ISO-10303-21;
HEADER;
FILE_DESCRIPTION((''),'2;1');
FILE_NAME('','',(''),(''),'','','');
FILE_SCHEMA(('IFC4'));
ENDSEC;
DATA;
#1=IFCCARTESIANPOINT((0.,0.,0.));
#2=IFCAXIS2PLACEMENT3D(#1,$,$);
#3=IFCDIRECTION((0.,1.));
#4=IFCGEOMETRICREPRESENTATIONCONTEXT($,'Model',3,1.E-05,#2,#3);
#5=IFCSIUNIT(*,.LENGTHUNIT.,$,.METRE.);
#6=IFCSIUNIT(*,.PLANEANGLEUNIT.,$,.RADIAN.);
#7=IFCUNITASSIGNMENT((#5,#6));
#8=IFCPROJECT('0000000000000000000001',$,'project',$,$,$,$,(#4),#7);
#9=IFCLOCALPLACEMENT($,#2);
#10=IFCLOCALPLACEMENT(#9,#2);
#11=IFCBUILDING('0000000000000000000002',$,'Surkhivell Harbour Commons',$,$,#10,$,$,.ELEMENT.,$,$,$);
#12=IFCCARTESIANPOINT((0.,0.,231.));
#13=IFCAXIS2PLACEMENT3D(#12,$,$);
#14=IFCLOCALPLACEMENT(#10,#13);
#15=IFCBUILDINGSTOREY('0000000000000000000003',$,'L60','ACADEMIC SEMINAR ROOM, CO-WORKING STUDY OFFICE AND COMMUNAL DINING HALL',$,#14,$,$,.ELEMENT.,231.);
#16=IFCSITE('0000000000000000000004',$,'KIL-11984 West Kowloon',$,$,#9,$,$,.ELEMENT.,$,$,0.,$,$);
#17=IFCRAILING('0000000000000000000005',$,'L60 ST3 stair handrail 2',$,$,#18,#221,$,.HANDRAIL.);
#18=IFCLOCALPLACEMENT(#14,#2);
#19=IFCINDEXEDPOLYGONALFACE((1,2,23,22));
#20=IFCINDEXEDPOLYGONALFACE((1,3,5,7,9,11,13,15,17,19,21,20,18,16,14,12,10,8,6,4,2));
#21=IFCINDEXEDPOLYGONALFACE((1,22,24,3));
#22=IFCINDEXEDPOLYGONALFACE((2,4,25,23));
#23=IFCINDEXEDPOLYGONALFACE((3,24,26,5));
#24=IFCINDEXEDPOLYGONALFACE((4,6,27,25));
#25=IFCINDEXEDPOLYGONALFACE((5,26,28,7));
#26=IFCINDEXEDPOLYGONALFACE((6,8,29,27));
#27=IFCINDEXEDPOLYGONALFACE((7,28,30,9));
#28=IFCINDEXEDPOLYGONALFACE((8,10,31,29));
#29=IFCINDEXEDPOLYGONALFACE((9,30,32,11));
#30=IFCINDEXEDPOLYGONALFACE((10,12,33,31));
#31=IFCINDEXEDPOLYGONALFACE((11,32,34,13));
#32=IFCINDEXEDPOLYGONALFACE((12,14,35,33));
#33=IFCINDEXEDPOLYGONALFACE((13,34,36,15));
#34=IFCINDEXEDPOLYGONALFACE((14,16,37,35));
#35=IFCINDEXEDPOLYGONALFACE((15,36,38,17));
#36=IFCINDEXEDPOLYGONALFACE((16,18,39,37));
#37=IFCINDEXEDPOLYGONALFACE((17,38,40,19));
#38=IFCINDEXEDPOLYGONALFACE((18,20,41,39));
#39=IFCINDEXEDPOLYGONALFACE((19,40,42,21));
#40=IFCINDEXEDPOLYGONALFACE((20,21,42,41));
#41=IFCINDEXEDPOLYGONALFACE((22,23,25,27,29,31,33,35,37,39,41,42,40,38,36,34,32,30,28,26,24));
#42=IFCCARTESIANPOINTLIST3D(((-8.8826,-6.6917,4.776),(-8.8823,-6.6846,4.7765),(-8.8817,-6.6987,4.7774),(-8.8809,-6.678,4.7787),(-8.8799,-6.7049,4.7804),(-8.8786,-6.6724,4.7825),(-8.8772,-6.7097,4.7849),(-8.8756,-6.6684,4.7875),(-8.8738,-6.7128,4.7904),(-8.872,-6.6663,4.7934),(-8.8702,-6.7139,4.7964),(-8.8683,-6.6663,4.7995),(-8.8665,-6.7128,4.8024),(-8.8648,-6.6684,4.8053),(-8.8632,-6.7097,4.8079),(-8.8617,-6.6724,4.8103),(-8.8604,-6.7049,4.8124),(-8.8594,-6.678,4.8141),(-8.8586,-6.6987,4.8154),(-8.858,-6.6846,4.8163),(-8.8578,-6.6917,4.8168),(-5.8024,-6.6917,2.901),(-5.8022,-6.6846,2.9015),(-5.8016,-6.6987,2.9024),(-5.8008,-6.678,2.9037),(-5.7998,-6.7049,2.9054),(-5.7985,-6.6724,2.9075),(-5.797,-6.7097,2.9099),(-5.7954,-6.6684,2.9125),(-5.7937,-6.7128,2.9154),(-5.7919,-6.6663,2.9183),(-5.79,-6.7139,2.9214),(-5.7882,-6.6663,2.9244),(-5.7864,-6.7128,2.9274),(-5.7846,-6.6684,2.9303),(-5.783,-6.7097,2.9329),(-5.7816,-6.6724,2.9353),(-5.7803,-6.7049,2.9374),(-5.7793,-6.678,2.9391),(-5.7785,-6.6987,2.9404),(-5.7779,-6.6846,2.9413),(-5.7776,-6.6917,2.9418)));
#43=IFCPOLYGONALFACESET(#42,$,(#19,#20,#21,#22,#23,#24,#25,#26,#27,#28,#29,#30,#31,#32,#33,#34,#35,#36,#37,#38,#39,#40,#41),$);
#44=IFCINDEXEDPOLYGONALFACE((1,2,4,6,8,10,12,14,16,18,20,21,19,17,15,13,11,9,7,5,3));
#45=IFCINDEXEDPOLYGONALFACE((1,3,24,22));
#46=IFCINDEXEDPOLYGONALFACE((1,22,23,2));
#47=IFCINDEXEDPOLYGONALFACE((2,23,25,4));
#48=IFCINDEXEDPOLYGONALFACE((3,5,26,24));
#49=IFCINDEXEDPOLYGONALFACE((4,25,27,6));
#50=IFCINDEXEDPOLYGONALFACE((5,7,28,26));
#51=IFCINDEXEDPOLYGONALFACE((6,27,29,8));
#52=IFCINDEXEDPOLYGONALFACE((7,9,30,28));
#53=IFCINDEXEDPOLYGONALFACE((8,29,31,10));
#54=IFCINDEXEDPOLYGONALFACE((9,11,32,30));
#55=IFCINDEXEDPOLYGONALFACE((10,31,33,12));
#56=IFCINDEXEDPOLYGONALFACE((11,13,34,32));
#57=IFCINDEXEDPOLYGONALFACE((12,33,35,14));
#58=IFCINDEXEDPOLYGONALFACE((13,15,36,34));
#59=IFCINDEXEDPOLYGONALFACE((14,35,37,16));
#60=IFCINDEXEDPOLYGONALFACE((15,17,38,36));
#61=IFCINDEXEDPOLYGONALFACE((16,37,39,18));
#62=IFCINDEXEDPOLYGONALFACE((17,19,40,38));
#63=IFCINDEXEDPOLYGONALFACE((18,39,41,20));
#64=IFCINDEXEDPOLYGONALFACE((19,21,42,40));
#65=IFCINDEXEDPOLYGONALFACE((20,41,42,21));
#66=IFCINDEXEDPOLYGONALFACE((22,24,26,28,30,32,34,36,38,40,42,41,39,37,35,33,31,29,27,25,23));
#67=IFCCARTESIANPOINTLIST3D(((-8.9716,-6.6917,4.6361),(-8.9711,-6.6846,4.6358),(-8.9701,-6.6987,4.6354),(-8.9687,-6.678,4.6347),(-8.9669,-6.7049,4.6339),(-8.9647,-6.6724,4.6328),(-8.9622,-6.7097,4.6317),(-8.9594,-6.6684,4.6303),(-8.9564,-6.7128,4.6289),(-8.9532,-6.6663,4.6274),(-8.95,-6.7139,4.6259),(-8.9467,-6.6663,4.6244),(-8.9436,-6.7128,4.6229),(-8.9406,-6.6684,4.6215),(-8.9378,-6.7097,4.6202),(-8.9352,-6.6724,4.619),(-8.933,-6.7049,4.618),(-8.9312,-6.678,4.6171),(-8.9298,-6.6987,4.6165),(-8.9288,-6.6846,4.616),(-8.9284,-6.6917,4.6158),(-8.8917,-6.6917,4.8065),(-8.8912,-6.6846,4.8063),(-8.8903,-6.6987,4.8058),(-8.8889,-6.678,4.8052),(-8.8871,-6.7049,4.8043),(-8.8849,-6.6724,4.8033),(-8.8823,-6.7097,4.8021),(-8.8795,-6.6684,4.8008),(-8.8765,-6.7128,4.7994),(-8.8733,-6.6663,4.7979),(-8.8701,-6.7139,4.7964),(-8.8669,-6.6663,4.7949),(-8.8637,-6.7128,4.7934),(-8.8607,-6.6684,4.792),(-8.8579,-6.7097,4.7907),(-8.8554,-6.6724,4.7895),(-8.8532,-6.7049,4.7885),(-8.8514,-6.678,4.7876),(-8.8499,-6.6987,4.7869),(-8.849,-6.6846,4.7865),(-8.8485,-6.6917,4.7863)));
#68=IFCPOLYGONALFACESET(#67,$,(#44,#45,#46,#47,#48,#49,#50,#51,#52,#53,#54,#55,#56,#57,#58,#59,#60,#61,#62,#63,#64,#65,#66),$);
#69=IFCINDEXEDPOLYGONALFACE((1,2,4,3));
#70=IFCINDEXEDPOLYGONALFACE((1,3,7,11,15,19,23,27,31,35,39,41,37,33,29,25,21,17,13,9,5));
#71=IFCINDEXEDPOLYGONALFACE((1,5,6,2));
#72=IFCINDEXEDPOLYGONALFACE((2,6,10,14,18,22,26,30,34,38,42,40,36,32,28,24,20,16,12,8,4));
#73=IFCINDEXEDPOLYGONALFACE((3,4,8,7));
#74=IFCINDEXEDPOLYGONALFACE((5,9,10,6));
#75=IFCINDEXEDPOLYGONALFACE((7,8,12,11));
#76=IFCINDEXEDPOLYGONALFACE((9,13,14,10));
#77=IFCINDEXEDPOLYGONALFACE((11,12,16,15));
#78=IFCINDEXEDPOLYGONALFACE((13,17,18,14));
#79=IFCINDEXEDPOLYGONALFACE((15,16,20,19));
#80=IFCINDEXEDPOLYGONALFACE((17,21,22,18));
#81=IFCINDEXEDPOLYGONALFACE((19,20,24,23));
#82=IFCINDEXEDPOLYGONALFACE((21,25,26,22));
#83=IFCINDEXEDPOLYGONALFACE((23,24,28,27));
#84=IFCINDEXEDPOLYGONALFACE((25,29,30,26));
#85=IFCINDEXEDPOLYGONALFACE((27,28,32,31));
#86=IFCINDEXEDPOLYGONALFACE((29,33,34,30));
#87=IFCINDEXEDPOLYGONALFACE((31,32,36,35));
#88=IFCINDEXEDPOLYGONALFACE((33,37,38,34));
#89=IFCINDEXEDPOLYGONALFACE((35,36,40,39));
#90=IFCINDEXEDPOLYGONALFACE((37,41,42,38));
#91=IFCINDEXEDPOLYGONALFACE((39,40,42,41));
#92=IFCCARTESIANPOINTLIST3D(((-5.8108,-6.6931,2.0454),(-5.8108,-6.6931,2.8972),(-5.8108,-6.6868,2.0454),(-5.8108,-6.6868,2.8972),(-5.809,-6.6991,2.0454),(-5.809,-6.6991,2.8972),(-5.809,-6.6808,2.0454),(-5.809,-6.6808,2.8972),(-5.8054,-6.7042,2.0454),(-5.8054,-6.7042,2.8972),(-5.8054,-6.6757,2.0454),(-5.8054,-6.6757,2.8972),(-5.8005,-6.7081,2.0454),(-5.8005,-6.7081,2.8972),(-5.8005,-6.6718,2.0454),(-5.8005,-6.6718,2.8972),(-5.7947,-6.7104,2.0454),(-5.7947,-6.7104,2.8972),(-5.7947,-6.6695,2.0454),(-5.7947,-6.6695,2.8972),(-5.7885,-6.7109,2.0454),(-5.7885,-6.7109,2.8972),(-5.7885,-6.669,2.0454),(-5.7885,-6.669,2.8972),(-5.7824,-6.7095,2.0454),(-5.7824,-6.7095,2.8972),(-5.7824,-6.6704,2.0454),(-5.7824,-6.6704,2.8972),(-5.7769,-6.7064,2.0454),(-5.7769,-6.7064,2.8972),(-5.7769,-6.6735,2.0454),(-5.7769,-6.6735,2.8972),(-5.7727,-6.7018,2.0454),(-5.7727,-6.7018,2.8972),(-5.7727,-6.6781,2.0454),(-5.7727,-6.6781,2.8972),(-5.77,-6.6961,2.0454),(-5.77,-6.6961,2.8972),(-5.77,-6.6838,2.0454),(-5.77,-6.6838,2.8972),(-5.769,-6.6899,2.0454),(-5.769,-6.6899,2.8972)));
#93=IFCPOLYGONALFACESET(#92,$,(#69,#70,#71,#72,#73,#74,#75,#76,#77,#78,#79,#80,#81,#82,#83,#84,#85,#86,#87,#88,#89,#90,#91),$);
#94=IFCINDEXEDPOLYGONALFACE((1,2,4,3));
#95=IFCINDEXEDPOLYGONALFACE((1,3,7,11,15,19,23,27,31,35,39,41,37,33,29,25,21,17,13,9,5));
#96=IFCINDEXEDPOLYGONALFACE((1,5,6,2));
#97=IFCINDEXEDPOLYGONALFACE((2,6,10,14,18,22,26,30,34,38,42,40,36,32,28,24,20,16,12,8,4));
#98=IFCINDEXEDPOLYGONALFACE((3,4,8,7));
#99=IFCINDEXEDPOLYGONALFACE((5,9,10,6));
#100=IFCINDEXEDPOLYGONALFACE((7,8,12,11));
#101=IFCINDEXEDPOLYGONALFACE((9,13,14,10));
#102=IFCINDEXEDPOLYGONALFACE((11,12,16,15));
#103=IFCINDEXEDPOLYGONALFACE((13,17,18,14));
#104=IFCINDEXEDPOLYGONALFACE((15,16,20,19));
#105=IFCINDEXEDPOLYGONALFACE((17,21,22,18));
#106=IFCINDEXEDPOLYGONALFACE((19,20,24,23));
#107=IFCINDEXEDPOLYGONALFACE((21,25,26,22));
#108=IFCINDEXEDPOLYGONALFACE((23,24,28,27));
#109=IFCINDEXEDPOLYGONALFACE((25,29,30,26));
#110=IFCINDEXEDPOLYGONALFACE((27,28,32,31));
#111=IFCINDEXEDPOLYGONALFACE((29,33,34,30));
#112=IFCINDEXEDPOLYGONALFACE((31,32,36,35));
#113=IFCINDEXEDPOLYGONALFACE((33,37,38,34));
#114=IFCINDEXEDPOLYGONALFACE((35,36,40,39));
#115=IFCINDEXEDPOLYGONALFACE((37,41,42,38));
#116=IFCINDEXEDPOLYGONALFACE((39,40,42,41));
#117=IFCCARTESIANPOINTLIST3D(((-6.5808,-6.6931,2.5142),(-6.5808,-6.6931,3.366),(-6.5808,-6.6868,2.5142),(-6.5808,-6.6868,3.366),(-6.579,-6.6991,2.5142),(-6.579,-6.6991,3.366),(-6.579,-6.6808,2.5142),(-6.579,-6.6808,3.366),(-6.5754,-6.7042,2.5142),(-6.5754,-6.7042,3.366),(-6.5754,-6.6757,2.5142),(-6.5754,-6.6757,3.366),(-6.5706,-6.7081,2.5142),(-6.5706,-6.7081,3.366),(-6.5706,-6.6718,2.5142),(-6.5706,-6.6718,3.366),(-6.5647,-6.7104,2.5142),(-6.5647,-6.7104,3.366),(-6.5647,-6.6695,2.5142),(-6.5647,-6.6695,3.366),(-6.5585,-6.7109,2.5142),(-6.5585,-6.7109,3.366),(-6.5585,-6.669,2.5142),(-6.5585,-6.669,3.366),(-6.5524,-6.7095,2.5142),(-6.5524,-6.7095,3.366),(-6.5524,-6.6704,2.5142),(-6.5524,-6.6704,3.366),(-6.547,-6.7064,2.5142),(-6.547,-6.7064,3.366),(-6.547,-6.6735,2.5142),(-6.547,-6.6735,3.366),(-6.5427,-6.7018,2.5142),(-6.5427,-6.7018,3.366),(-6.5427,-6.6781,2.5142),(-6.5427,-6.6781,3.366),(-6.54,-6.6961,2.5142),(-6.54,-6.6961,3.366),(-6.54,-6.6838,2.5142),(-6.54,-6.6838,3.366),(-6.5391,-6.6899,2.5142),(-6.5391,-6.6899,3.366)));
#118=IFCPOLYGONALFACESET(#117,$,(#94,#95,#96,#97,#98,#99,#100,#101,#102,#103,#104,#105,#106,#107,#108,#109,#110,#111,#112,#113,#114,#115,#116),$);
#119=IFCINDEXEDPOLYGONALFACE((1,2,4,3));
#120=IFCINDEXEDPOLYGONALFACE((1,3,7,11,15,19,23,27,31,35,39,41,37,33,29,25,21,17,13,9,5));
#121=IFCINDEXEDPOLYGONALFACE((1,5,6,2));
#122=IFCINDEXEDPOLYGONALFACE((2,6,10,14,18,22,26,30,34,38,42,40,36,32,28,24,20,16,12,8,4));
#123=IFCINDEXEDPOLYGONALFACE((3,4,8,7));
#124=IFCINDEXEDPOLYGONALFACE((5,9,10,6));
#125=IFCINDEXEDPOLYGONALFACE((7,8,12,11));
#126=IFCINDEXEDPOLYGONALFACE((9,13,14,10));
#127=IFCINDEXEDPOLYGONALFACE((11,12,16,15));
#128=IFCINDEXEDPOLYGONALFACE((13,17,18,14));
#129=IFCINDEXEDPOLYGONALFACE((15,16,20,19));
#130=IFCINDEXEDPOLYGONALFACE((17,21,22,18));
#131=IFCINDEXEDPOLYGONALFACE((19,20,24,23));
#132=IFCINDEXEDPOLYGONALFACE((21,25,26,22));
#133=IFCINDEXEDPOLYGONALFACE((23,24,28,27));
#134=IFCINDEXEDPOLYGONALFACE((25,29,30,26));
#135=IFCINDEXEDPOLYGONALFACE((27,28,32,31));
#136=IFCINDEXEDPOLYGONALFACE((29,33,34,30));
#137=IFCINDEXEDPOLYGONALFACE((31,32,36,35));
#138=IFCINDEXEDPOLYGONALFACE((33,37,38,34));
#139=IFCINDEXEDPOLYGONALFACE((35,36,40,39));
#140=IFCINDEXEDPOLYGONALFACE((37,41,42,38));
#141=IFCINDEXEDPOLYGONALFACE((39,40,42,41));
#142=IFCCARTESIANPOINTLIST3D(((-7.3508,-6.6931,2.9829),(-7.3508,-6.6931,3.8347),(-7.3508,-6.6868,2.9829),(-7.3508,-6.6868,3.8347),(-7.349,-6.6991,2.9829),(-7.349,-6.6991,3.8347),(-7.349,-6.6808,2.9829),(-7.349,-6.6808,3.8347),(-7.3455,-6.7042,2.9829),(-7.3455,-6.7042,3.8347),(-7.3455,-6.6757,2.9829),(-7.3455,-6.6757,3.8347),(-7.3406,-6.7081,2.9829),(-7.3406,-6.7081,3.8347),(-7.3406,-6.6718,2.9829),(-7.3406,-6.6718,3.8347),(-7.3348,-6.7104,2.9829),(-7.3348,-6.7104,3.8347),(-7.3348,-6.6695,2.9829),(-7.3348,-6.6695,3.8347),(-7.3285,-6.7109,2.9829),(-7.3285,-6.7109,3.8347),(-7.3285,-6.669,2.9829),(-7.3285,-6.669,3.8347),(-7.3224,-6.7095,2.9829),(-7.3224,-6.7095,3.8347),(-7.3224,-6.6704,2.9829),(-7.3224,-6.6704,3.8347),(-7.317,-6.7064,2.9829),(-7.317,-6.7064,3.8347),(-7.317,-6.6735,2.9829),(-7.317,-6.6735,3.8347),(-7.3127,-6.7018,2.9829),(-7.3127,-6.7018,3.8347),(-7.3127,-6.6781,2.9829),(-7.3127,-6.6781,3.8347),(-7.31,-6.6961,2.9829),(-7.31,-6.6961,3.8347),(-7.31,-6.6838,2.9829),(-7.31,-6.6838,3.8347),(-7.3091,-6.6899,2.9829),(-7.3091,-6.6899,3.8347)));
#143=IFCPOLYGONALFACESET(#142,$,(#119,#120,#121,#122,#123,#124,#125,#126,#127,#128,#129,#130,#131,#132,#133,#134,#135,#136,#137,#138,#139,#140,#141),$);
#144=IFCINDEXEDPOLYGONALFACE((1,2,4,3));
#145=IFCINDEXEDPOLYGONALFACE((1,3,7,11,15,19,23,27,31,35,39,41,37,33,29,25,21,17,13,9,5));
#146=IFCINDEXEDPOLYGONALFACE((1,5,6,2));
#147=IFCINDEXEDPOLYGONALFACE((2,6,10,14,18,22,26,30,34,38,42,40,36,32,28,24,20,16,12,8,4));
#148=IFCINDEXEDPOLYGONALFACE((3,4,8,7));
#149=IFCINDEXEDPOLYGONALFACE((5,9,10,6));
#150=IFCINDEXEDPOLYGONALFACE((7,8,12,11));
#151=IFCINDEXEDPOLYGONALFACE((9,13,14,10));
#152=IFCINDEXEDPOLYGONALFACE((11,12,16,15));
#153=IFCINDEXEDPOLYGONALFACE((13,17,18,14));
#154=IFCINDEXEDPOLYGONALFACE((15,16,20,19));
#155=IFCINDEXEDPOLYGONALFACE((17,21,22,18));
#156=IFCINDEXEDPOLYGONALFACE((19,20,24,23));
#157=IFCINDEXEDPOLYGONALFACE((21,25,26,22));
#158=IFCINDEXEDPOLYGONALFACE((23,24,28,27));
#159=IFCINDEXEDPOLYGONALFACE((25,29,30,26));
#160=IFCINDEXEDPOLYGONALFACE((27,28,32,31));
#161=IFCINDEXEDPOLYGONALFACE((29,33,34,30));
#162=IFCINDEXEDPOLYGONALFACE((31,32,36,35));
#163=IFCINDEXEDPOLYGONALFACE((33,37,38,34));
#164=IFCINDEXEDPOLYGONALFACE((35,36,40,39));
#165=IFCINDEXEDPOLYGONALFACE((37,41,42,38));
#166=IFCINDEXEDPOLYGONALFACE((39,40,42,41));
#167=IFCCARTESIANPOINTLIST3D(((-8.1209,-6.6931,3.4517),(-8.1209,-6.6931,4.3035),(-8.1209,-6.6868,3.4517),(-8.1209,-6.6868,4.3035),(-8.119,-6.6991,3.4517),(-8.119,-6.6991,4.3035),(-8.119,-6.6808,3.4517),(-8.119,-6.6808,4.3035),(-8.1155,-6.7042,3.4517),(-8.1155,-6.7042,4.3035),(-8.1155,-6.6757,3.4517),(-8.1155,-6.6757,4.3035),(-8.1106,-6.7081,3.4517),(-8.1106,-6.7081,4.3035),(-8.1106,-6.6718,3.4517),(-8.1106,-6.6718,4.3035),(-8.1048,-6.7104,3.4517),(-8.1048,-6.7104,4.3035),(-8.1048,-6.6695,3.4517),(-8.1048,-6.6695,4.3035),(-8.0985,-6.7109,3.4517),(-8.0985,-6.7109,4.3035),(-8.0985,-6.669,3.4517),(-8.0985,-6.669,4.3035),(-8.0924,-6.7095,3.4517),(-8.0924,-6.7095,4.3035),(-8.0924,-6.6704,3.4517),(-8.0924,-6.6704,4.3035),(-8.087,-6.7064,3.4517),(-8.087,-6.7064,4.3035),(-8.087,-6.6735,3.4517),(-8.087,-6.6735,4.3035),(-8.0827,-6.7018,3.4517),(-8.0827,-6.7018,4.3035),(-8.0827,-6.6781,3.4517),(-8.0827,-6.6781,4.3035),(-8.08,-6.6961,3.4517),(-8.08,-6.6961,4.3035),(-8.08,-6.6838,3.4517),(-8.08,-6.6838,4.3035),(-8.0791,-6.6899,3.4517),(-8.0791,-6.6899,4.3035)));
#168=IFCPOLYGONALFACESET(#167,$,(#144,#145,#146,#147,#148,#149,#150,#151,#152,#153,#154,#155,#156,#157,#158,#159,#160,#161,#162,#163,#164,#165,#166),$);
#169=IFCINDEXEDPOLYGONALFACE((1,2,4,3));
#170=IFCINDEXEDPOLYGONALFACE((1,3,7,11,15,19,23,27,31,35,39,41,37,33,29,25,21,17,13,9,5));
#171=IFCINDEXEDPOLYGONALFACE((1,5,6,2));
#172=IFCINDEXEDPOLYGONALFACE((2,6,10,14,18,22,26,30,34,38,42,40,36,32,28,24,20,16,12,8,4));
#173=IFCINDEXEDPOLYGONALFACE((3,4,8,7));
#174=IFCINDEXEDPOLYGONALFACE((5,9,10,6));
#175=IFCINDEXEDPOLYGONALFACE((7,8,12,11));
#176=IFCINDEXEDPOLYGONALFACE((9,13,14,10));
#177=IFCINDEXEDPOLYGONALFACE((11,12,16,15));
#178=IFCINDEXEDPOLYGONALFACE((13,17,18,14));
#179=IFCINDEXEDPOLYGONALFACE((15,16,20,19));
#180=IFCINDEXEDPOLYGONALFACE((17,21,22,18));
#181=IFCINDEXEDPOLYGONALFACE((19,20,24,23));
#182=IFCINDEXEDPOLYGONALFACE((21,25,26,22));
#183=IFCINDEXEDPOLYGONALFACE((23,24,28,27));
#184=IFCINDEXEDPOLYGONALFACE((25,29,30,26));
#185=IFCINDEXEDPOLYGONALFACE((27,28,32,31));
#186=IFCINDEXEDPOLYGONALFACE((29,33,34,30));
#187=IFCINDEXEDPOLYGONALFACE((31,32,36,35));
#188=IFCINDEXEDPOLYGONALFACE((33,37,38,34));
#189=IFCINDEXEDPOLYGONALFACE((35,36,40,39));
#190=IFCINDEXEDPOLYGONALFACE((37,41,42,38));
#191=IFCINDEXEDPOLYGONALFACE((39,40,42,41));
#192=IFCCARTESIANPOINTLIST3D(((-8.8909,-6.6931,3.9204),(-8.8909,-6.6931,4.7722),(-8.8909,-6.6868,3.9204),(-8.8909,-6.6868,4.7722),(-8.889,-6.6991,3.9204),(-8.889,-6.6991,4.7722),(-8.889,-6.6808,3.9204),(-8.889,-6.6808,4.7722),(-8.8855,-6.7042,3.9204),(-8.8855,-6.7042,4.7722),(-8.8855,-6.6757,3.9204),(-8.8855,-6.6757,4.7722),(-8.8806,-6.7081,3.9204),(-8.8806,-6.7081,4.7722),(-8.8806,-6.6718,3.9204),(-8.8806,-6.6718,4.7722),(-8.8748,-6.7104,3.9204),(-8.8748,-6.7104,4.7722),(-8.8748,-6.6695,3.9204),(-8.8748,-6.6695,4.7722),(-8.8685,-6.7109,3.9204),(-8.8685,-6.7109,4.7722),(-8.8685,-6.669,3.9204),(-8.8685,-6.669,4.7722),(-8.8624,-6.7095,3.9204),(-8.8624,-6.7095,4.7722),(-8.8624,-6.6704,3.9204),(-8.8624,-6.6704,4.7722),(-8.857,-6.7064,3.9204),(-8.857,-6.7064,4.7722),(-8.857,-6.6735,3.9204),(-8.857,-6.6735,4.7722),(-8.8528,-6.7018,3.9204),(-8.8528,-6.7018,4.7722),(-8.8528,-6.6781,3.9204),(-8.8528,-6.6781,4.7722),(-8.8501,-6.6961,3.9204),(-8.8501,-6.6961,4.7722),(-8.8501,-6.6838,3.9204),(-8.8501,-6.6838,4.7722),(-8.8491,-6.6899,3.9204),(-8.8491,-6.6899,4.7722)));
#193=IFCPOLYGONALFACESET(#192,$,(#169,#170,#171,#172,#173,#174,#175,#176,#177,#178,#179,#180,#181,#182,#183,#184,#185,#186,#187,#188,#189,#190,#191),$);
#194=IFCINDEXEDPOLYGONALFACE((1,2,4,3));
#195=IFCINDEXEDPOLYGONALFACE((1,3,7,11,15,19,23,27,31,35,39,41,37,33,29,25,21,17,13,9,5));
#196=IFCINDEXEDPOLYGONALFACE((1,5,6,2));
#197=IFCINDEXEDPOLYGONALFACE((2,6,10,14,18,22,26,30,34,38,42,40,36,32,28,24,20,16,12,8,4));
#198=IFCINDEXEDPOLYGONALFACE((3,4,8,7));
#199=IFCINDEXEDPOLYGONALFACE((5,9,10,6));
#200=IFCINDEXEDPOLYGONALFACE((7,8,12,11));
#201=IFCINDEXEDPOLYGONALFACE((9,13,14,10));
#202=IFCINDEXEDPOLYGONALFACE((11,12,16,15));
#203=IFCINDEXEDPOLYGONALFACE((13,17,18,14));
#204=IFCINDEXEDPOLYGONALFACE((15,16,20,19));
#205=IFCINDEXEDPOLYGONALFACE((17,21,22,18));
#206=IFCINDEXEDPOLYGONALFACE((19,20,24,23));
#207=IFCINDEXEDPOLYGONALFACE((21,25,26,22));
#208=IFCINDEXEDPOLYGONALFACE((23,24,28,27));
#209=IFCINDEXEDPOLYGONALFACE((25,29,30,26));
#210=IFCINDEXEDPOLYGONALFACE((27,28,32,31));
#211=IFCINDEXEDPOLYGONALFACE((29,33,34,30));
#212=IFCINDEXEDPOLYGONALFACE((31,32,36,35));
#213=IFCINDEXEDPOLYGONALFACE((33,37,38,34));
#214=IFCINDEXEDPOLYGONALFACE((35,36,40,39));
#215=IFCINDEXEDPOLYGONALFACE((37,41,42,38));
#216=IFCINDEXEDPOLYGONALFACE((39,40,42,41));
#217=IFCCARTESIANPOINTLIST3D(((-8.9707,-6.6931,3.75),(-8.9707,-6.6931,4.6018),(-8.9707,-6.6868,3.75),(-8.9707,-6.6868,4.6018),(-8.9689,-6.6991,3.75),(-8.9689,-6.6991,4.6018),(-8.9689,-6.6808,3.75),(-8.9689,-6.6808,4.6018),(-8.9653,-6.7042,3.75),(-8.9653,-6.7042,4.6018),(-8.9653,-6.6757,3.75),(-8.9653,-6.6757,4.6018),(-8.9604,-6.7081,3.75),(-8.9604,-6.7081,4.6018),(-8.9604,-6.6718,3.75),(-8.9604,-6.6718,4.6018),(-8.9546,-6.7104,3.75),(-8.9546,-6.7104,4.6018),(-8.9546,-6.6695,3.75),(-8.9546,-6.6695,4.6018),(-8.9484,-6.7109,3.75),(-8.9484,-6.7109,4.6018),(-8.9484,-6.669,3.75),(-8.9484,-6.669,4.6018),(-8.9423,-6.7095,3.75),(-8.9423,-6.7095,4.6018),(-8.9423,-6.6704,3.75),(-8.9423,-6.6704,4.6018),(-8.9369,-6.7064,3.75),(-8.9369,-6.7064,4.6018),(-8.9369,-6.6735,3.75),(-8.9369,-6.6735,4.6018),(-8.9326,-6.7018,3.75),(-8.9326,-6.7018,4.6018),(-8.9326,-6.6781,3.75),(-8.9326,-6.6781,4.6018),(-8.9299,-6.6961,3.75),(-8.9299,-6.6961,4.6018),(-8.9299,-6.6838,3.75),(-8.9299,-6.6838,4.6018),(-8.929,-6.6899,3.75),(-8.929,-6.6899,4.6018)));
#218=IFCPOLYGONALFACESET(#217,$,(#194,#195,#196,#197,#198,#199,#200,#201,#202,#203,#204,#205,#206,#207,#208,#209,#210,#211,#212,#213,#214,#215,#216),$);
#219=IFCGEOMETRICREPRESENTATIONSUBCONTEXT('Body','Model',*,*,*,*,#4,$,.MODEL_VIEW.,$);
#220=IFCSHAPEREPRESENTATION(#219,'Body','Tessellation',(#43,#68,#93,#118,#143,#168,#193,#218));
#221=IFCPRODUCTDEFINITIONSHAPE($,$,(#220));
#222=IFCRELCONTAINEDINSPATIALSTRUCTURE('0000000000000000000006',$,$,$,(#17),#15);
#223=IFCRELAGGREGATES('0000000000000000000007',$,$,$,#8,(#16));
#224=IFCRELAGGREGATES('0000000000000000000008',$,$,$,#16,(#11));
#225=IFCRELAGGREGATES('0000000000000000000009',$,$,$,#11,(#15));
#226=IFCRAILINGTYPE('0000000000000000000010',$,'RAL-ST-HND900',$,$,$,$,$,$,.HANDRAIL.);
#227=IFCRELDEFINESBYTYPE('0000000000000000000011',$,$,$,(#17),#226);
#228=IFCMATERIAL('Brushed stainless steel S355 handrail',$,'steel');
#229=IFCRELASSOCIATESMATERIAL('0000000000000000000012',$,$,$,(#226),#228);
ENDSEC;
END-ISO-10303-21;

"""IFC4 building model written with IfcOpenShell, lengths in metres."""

from ifc_helpers import new_model, si_unit, direction, frame, origin, origin_2d, place, context, subcontext, project, spatial, circle, extrude, material, type_object, element, save


model = new_model("IFC4")

# Units and contexts
model_context = context("Model", 3, precision=1e-05, world=origin(), true_north=direction((0.0, 1.0)))
body_context = subcontext(model_context, "Body", "Model", "MODEL_VIEW")
ifc_project = project(units=[si_unit("LENGTHUNIT", "METRE"), si_unit("PLANEANGLEUNIT", "RADIAN")], contexts=[model_context])

# Site, building, storey
site_placement = place(None, origin())
site = spatial("IfcSite", under=ifc_project, at=site_placement, Name="KIL-11984 West Kowloon", CompositionType="ELEMENT", RefElevation=0.0)
building_placement = place(site_placement, origin())
building = spatial("IfcBuilding", under=site, at=building_placement, Name="Surkhivell Harbour Commons", CompositionType="ELEMENT")
storey_placement = place(building_placement, frame((0.0, 0.0, 231.0)))
storey = spatial("IfcBuildingStorey", under=building, at=storey_placement, Name="L60", Description="ACADEMIC SEMINAR ROOM, CO-WORKING STUDY OFFICE AND COMMUNAL DINING HALL", CompositionType="ELEMENT", Elevation=231.0)

# Railing
ifc_material_1 = material(Name="Brushed stainless steel S355 handrail", Category="steel")
railing_type_1 = type_object("IfcRailingType", Name="RAL-ST-HND900", PredefinedType="HANDRAIL", material=ifc_material_1)
railing_1_placement = place(storey_placement, frame((-5.79, -6.6899, 2.0454)))
element("IfcRailing", 1, at=railing_1_placement, inside=storey, type_object=railing_type_1, Name="L60 ST3 stair handrail 2", PredefinedType="HANDRAIL", context=body_context, shape_type="SweptSolid", body=[
    extrude(circle(Radius=0.0239, at=origin_2d()), frame((0.0, 0.0, 0.876), z_axis=(-0.854178, 0.0, 0.519981), x_axis=(0.0, -1.0, 0.0)), (0.0, 0.0, 1.0), 3.606),
    extrude(circle(Radius=0.0239, at=origin_2d()), frame((-3.0801, 0.0, 2.751), z_axis=(-0.424234, 0.0, -0.905552), x_axis=(0.0, -1.0, 0.0)), (0.0, 0.0, 1.0), 0.1882),
    extrude(circle(Radius=0.021, at=origin_2d()), origin(), (0.0, 0.0, 1.0), 0.8518),
    extrude(circle(Radius=0.021, at=origin_2d()), frame((-0.77, 0.0, 0.4688)), (0.0, 0.0, 1.0), 0.8518),
    extrude(circle(Radius=0.021, at=origin_2d()), frame((-1.54, 0.0, 0.9375)), (0.0, 0.0, 1.0), 0.8518),
    extrude(circle(Radius=0.021, at=origin_2d()), frame((-2.3101, 0.0, 1.4062)), (0.0, 0.0, 1.0), 0.8518),
    extrude(circle(Radius=0.021, at=origin_2d()), frame((-3.0801, 0.0, 1.875)), (0.0, 0.0, 1.0), 0.8518),
    extrude(circle(Radius=0.021, at=origin_2d()), frame((-3.1599, 0.0, 1.7046)), (0.0, 0.0, 1.0), 0.8518),
])

save(model, "model.ifc")
